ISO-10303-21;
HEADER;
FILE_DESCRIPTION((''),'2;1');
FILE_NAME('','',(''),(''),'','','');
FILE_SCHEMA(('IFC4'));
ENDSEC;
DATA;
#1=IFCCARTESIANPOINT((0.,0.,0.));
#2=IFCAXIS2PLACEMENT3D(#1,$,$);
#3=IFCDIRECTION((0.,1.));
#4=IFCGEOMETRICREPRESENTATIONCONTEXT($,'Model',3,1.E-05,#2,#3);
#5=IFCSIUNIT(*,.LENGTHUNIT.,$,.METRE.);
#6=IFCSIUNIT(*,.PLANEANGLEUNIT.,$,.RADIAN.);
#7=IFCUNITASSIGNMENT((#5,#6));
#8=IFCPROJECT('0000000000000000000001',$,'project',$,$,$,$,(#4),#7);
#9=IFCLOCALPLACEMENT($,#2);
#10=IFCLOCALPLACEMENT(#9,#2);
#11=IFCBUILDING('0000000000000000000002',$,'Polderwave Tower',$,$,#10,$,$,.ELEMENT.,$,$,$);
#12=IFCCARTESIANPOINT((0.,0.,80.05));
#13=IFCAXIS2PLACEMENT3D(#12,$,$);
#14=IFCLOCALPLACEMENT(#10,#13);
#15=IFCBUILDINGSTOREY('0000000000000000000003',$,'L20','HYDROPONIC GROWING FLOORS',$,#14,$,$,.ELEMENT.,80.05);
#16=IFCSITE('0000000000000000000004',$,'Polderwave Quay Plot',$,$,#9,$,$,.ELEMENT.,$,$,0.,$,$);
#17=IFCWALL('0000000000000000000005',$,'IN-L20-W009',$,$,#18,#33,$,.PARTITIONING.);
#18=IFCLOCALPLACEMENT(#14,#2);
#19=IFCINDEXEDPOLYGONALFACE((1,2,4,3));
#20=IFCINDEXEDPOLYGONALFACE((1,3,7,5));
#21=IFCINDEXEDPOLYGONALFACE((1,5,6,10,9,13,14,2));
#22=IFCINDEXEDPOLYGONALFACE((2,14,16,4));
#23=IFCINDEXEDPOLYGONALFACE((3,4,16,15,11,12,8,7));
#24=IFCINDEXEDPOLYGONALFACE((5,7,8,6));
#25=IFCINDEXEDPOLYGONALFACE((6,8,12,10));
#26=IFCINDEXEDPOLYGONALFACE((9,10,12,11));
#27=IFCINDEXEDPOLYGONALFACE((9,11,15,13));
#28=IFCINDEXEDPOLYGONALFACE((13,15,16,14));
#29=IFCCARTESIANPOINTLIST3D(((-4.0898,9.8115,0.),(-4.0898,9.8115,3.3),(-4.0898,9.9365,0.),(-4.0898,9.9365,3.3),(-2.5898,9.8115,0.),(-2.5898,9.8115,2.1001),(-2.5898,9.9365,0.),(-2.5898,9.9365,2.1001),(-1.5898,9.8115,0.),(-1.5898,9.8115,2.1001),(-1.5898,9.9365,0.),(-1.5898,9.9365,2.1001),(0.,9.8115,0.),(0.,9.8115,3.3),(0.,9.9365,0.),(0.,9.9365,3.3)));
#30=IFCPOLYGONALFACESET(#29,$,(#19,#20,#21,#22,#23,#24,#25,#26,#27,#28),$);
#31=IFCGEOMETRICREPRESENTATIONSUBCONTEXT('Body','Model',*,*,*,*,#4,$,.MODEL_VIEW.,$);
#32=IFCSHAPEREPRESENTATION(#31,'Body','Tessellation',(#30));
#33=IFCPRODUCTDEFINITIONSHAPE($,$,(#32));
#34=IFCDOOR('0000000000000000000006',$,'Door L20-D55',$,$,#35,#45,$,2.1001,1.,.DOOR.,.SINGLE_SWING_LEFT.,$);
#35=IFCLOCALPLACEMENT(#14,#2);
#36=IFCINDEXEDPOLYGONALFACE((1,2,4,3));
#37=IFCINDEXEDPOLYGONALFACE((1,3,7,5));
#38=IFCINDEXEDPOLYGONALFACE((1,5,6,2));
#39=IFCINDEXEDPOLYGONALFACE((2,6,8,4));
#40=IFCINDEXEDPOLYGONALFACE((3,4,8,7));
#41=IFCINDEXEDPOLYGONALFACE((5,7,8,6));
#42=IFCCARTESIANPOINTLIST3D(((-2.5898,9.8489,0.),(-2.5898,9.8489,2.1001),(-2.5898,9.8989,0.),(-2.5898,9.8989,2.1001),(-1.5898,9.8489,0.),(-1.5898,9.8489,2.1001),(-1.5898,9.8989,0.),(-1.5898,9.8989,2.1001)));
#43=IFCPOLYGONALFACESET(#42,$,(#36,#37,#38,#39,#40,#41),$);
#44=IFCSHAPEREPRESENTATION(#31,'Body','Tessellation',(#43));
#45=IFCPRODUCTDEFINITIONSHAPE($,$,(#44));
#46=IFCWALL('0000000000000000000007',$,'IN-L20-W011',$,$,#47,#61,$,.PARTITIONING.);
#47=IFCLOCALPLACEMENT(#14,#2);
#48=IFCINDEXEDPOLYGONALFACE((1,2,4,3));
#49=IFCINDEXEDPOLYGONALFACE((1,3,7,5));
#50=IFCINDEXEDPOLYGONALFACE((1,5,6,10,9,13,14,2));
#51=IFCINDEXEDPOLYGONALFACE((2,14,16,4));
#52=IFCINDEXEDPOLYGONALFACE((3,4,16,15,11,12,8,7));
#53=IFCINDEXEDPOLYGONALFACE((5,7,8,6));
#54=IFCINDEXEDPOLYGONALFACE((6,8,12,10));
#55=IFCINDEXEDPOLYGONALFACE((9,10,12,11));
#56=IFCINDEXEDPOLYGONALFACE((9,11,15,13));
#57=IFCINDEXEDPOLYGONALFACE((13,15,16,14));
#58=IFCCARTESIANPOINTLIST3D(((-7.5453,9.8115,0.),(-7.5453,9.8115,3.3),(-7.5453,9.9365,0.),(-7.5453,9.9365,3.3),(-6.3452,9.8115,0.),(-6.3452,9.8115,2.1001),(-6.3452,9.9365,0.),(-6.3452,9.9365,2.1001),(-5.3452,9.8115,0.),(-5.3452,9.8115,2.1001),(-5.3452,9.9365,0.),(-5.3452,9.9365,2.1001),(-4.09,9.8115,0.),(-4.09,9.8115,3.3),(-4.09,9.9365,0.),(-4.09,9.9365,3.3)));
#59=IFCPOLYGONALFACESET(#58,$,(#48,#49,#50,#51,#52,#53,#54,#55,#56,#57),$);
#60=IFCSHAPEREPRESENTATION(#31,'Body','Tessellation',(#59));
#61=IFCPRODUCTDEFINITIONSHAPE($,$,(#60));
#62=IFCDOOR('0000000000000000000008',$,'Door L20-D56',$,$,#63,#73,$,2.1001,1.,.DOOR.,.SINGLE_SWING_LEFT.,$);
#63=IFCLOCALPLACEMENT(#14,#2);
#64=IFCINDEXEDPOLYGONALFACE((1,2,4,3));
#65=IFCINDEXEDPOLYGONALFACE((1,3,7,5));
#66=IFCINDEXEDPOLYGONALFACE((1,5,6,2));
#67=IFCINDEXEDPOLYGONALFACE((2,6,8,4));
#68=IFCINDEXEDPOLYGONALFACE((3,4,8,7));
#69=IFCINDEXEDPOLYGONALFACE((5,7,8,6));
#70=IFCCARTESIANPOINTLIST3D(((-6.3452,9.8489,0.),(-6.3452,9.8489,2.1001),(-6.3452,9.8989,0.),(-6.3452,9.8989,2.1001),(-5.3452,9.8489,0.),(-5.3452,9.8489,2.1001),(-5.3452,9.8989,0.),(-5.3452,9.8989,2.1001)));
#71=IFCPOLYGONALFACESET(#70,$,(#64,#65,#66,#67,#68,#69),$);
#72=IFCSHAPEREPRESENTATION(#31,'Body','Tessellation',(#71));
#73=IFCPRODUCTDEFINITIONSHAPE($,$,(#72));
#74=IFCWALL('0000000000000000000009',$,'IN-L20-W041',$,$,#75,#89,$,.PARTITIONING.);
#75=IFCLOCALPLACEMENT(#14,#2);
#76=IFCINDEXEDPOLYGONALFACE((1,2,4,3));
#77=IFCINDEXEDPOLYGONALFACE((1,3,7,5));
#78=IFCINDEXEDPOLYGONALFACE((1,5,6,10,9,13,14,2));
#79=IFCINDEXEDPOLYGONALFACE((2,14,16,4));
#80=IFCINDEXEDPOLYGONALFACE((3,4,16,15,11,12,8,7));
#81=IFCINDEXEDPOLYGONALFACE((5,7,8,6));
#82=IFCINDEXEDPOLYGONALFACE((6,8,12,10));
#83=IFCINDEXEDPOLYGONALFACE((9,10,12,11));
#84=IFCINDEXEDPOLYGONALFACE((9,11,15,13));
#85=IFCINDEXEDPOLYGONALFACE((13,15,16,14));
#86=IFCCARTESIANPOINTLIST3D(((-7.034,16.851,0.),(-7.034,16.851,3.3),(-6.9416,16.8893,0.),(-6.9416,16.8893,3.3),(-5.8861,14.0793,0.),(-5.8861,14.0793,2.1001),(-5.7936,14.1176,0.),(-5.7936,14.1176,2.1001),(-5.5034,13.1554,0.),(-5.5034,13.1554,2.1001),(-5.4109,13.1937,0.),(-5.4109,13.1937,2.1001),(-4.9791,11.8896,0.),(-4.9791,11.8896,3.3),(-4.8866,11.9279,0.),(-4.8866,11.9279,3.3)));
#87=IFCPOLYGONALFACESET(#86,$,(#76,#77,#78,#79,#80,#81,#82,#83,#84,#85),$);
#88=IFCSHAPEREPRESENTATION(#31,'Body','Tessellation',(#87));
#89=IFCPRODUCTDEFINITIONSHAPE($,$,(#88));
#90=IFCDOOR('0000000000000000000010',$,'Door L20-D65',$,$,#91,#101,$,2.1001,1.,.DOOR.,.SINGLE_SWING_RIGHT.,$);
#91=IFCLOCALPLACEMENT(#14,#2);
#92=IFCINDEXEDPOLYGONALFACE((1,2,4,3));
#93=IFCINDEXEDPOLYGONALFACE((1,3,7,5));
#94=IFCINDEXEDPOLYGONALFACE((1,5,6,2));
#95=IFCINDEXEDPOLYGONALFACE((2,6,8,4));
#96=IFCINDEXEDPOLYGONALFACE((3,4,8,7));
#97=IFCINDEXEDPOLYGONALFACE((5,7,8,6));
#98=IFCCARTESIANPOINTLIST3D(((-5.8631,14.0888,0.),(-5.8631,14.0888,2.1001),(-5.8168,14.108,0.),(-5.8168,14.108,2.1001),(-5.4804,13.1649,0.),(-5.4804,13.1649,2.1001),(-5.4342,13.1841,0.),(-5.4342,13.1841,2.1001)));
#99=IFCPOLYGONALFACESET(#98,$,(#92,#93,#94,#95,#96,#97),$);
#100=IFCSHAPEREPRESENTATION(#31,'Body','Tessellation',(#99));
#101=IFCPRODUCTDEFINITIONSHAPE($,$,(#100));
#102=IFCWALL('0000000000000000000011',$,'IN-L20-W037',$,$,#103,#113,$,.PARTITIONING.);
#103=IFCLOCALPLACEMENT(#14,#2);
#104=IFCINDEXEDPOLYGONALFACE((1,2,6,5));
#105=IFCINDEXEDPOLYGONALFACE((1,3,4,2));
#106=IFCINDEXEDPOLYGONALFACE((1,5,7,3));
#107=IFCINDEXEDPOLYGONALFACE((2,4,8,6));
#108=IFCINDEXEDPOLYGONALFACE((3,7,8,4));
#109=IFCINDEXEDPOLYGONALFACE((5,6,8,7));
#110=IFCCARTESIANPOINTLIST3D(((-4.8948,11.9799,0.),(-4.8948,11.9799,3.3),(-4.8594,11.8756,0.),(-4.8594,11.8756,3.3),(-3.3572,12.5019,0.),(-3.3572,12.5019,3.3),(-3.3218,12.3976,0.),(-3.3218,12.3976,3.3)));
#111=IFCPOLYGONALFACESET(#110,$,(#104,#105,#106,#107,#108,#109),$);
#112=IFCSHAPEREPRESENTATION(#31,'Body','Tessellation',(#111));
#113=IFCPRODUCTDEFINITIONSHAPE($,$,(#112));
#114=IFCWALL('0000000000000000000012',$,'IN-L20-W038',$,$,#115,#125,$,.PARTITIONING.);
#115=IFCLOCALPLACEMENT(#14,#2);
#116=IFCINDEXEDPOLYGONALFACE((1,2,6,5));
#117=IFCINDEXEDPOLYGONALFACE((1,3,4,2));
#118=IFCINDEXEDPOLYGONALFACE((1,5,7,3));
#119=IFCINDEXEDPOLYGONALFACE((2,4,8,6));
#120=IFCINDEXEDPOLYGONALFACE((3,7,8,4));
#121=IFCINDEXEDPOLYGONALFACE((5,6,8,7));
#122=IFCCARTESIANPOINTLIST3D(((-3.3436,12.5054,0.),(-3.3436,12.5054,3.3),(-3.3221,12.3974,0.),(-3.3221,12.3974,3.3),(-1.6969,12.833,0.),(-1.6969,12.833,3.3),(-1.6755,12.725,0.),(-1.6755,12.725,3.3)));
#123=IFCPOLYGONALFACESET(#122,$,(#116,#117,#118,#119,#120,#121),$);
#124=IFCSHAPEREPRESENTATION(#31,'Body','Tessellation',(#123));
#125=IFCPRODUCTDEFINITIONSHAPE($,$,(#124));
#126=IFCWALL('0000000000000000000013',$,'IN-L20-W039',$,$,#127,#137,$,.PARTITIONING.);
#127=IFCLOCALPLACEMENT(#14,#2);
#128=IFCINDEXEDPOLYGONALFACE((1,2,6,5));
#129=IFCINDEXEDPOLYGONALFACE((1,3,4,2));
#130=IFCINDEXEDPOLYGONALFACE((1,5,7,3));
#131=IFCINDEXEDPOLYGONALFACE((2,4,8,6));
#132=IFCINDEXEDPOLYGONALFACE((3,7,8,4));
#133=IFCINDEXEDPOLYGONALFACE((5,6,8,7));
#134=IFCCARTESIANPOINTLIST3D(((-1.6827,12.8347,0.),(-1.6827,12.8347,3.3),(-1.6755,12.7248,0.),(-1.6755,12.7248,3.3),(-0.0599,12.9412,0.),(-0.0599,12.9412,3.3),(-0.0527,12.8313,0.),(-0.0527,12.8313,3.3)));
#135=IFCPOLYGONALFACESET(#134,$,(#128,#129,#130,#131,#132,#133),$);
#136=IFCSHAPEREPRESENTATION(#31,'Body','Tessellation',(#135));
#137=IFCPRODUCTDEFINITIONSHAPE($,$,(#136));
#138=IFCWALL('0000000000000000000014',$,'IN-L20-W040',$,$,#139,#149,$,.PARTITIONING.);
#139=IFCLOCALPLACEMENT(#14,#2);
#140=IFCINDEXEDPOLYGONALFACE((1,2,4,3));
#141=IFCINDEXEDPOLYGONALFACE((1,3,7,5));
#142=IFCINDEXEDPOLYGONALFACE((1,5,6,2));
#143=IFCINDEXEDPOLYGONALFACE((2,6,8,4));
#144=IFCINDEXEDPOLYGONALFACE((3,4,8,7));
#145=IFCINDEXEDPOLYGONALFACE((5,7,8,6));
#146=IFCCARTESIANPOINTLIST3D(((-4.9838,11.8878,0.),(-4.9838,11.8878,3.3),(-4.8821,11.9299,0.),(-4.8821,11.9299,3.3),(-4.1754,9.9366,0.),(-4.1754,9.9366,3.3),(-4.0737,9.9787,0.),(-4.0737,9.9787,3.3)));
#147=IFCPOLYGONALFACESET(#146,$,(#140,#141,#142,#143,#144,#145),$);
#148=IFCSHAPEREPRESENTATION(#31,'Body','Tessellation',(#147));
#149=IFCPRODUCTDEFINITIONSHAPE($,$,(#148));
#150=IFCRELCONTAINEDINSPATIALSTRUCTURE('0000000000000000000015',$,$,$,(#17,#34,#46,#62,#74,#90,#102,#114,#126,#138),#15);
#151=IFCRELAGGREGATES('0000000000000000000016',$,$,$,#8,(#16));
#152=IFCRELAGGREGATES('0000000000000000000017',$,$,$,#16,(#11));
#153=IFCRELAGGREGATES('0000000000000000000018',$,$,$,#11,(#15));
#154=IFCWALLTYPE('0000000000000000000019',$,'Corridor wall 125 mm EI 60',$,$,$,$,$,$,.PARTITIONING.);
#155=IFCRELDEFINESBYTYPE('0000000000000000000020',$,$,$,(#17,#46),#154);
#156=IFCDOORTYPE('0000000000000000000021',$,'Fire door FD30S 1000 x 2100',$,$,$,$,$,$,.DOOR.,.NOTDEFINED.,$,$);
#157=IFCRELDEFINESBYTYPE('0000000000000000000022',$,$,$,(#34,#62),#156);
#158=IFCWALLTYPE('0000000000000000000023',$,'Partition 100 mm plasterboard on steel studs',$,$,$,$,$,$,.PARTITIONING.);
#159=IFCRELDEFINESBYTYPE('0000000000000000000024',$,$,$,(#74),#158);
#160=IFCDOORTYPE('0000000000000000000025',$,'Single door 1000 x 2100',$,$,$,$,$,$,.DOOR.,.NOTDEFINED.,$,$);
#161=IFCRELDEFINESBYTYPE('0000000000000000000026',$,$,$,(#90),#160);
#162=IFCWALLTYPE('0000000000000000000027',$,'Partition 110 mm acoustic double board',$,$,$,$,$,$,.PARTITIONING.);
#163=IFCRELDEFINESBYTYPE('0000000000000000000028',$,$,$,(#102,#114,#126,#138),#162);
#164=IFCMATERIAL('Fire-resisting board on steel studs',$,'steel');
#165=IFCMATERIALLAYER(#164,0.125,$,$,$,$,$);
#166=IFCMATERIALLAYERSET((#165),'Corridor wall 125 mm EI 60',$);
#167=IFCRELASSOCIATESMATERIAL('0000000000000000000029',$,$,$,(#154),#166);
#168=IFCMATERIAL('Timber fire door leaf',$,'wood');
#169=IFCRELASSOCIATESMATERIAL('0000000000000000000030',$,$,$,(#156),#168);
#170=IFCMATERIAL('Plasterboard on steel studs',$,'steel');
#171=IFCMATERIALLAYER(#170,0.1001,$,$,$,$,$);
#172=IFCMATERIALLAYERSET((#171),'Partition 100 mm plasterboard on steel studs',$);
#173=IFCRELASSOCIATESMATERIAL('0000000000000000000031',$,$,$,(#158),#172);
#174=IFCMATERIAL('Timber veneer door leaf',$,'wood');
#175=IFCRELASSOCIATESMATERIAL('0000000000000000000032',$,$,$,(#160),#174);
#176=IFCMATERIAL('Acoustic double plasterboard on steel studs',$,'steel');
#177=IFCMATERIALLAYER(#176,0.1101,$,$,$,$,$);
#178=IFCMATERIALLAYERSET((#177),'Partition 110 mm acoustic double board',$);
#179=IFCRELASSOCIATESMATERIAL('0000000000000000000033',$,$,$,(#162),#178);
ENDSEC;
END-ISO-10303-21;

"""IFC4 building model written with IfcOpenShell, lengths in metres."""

from ifc_helpers import new_model, si_unit, direction, frame, frame_2d, origin, place, context, subcontext, project, spatial, rectangle, extrude, material, layer, layer_set, type_object, element, fill, save


model = new_model("IFC4")

# Units and contexts
model_context = context("Model", 3, precision=1e-05, world=origin(), true_north=direction((0.0, 1.0)))
body_context = subcontext(model_context, "Body", "Model", "MODEL_VIEW")
ifc_project = project(units=[si_unit("LENGTHUNIT", "METRE"), si_unit("PLANEANGLEUNIT", "RADIAN")], contexts=[model_context])

# Site, building, storey
site_placement = place(None, origin())
site = spatial("IfcSite", under=ifc_project, at=site_placement, Name="Polderwave Quay Plot", CompositionType="ELEMENT", RefElevation=0.0)
building_placement = place(site_placement, origin())
building = spatial("IfcBuilding", under=site, at=building_placement, Name="Polderwave Tower", CompositionType="ELEMENT")
storey_placement = place(building_placement, frame((0.0, 0.0, 80.05)))
storey = spatial("IfcBuildingStorey", under=building, at=storey_placement, Name="L20", Description="HYDROPONIC GROWING FLOORS", CompositionType="ELEMENT", Elevation=80.05)

# Walls, openings, doors
ifc_material_1 = material(Name="Fire-resisting board on steel studs", Category="steel")
ifc_layer_1 = layer(ifc_material_1, 0.125)
ifc_layer_set_1 = layer_set([ifc_layer_1], Name="Corridor wall 125 mm EI 60")
wall_type_1 = type_object("IfcWallType", Name="Corridor wall 125 mm EI 60", PredefinedType="PARTITIONING", material=ifc_layer_set_1)
wall_1_placement = place(storey_placement, frame((-4.0898, 9.874, 0.0), z_axis=(0.0, 0.0, 1.0), x_axis=(1.0, 0.0, 0.0)))
wall_1 = element("IfcWall", 1, at=wall_1_placement, inside=storey, type_object=wall_type_1, Name="IN-L20-W009", PredefinedType="PARTITIONING", context=body_context, shape_type="SweptSolid", body=[
    extrude(rectangle(XDim=4.0898, YDim=0.125, at=frame_2d((2.0449, 0.0))), origin(), (0.0, 0.0, 1.0), 3.3),
])
opening_1_placement = place(wall_1_placement, frame((1.5, 0.0, 0.0)))
opening_1 = element("IfcOpeningElement", 2, at=opening_1_placement, cuts=wall_1, PredefinedType="OPENING", context=body_context, shape_type="SweptSolid", body=[
    extrude(rectangle(XDim=1.0, YDim=2.1001, at=frame_2d((0.5, 1.05))), frame((0.0, 0.0725, 0.0), z_axis=(0.0, -1.0, 0.0), x_axis=(1.0, 0.0, 0.0)), (0.0, 0.0, 1.0), 0.145),
])
ifc_material_2 = material(Name="Timber fire door leaf", Category="wood")
door_type_1 = type_object("IfcDoorType", Name="Fire door FD30S 1000 x 2100", OperationType="NOTDEFINED", PredefinedType="DOOR", material=ifc_material_2)
door_1_placement = place(opening_1_placement, origin())
door_1 = element("IfcDoor", 3, at=door_1_placement, inside=storey, type_object=door_type_1, Name="Door L20-D55", OperationType="SINGLE_SWING_LEFT", OverallHeight=2.1001, OverallWidth=1.0, PredefinedType="DOOR", context=body_context, shape_type="SweptSolid", body=[
    extrude(rectangle(XDim=1.0, YDim=2.1001, at=frame_2d((0.5, 1.05))), frame((0.0, 0.0249, 0.0), z_axis=(0.0, -1.0, 0.0), x_axis=(1.0, 0.0, 0.0)), (0.0, 0.0, 1.0), 0.05),
])
fill(opening_1, door_1)
wall_2_placement = place(storey_placement, frame((-7.5452, 9.874, 0.0), z_axis=(0.0, 0.0, 1.0), x_axis=(1.0, 0.0, 0.0)))
wall_2 = element("IfcWall", 4, at=wall_2_placement, inside=storey, type_object=wall_type_1, Name="IN-L20-W011", PredefinedType="PARTITIONING", context=body_context, shape_type="SweptSolid", body=[
    extrude(rectangle(XDim=3.4553, YDim=0.125, at=frame_2d((1.7275, 0.0))), origin(), (0.0, 0.0, 1.0), 3.3),
])
opening_2_placement = place(wall_2_placement, frame((1.2, 0.0, 0.0)))
opening_2 = element("IfcOpeningElement", 5, at=opening_2_placement, cuts=wall_2, PredefinedType="OPENING", context=body_context, shape_type="SweptSolid", body=[
    extrude(rectangle(XDim=1.0, YDim=2.1001, at=frame_2d((0.5, 1.05))), frame((0.0, 0.0725, 0.0), z_axis=(0.0, -1.0, 0.0), x_axis=(1.0, 0.0, 0.0)), (0.0, 0.0, 1.0), 0.145),
])
door_2_placement = place(opening_2_placement, origin())
door_2 = element("IfcDoor", 6, at=door_2_placement, inside=storey, type_object=door_type_1, Name="Door L20-D56", OperationType="SINGLE_SWING_LEFT", OverallHeight=2.1001, OverallWidth=1.0, PredefinedType="DOOR", context=body_context, shape_type="SweptSolid", body=[
    extrude(rectangle(XDim=1.0, YDim=2.1001, at=frame_2d((0.5, 1.05))), frame((0.0, 0.0249, 0.0), z_axis=(0.0, -1.0, 0.0), x_axis=(1.0, 0.0, 0.0)), (0.0, 0.0, 1.0), 0.05),
])
fill(opening_2, door_2)
ifc_material_3 = material(Name="Plasterboard on steel studs", Category="steel")
ifc_layer_2 = layer(ifc_material_3, 0.1001)
ifc_layer_set_2 = layer_set([ifc_layer_2], Name="Partition 100 mm plasterboard on steel studs")
wall_type_2 = type_object("IfcWallType", Name="Partition 100 mm plasterboard on steel studs", PredefinedType="PARTITIONING", material=ifc_layer_set_2)
wall_3_placement = place(storey_placement, frame((-6.9878, 16.8701, 0.0), z_axis=(0.0, 0.0, 1.0), x_axis=(0.382658, -0.92389, 0.0)))
wall_3 = element("IfcWall", 7, at=wall_3_placement, inside=storey, type_object=wall_type_2, Name="IN-L20-W041", PredefinedType="PARTITIONING", context=body_context, shape_type="SweptSolid", body=[
    extrude(rectangle(XDim=5.3701, YDim=0.1001, at=frame_2d((2.6851, 0.0))), origin(), (0.0, 0.0, 1.0), 3.3),
])
opening_3_placement = place(wall_3_placement, frame((3.0, 0.0, 0.0)))
opening_3 = element("IfcOpeningElement", 8, at=opening_3_placement, cuts=wall_3, PredefinedType="OPENING", context=body_context, shape_type="SweptSolid", body=[
    extrude(rectangle(XDim=1.0, YDim=2.1001, at=frame_2d((0.5, 1.05))), frame((0.0, 0.0601, 0.0), z_axis=(0.0, -1.0, 0.0), x_axis=(1.0, 0.0, 0.0)), (0.0, 0.0, 1.0), 0.1201),
])
ifc_material_4 = material(Name="Timber veneer door leaf", Category="wood")
door_type_2 = type_object("IfcDoorType", Name="Single door 1000 x 2100", OperationType="NOTDEFINED", PredefinedType="DOOR", material=ifc_material_4)
door_3_placement = place(opening_3_placement, origin())
door_3 = element("IfcDoor", 9, at=door_3_placement, inside=storey, type_object=door_type_2, Name="Door L20-D65", OperationType="SINGLE_SWING_RIGHT", OverallHeight=2.1001, OverallWidth=1.0, PredefinedType="DOOR", context=body_context, shape_type="SweptSolid", body=[
    extrude(rectangle(XDim=1.0, YDim=2.1001, at=frame_2d((0.5, 1.05))), frame((0.0, 0.0249, 0.0), z_axis=(0.0, -1.0, 0.0), x_axis=(1.0, 0.0, 0.0)), (0.0, 0.0, 1.0), 0.05),
])
fill(opening_3, door_3)

# Walls
ifc_material_5 = material(Name="Acoustic double plasterboard on steel studs", Category="steel")
ifc_layer_3 = layer(ifc_material_5, 0.1101)
ifc_layer_set_3 = layer_set([ifc_layer_3], Name="Partition 110 mm acoustic double board")
wall_type_3 = type_object("IfcWallType", Name="Partition 110 mm acoustic double board", PredefinedType="PARTITIONING", material=ifc_layer_set_3)
wall_4_placement = place(storey_placement, frame((-4.8772, 11.9277, 0.0), z_axis=(0.0, 0.0, 1.0), x_axis=(0.946925, 0.321455, 0.0)))
element("IfcWall", 10, at=wall_4_placement, inside=storey, type_object=wall_type_3, Name="IN-L20-W037", PredefinedType="PARTITIONING", context=body_context, shape_type="SweptSolid", body=[
    extrude(rectangle(XDim=1.6238, YDim=0.1101, at=frame_2d((0.812, 0.0))), origin(), (0.0, 0.0, 1.0), 3.3),
])
wall_5_placement = place(storey_placement, frame((-3.3328, 12.4514, 0.0), z_axis=(0.0, 0.0, 1.0), x_axis=(0.980776, 0.195137, 0.0)))
element("IfcWall", 11, at=wall_5_placement, inside=storey, type_object=wall_type_3, Name="IN-L20-W038", PredefinedType="PARTITIONING", context=body_context, shape_type="SweptSolid", body=[
    extrude(rectangle(XDim=1.679, YDim=0.1101, at=frame_2d((0.8394, 0.0))), origin(), (0.0, 0.0, 1.0), 3.3),
])
wall_6_placement = place(storey_placement, frame((-1.679, 12.7798, 0.0), z_axis=(0.0, 0.0, 1.0), x_axis=(0.997856, 0.065453, 0.0)))
element("IfcWall", 12, at=wall_6_placement, inside=storey, type_object=wall_type_3, Name="IN-L20-W039", PredefinedType="PARTITIONING", context=body_context, shape_type="SweptSolid", body=[
    extrude(rectangle(XDim=1.6262, YDim=0.1101, at=frame_2d((0.813, 0.0))), origin(), (0.0, 0.0, 1.0), 3.3),
])
wall_7_placement = place(storey_placement, frame((-4.1245, 9.9575, 0.0), z_axis=(0.0, 0.0, 1.0), x_axis=(-0.382743, 0.923855, 0.0)))
element("IfcWall", 13, at=wall_7_placement, inside=storey, type_object=wall_type_3, Name="IN-L20-W040", PredefinedType="PARTITIONING", context=body_context, shape_type="SweptSolid", body=[
    extrude(rectangle(XDim=2.1121, YDim=0.1101, at=frame_2d((1.0562, 0.0))), origin(), (0.0, 0.0, 1.0), 3.3),
])

save(model, "model.ifc")
